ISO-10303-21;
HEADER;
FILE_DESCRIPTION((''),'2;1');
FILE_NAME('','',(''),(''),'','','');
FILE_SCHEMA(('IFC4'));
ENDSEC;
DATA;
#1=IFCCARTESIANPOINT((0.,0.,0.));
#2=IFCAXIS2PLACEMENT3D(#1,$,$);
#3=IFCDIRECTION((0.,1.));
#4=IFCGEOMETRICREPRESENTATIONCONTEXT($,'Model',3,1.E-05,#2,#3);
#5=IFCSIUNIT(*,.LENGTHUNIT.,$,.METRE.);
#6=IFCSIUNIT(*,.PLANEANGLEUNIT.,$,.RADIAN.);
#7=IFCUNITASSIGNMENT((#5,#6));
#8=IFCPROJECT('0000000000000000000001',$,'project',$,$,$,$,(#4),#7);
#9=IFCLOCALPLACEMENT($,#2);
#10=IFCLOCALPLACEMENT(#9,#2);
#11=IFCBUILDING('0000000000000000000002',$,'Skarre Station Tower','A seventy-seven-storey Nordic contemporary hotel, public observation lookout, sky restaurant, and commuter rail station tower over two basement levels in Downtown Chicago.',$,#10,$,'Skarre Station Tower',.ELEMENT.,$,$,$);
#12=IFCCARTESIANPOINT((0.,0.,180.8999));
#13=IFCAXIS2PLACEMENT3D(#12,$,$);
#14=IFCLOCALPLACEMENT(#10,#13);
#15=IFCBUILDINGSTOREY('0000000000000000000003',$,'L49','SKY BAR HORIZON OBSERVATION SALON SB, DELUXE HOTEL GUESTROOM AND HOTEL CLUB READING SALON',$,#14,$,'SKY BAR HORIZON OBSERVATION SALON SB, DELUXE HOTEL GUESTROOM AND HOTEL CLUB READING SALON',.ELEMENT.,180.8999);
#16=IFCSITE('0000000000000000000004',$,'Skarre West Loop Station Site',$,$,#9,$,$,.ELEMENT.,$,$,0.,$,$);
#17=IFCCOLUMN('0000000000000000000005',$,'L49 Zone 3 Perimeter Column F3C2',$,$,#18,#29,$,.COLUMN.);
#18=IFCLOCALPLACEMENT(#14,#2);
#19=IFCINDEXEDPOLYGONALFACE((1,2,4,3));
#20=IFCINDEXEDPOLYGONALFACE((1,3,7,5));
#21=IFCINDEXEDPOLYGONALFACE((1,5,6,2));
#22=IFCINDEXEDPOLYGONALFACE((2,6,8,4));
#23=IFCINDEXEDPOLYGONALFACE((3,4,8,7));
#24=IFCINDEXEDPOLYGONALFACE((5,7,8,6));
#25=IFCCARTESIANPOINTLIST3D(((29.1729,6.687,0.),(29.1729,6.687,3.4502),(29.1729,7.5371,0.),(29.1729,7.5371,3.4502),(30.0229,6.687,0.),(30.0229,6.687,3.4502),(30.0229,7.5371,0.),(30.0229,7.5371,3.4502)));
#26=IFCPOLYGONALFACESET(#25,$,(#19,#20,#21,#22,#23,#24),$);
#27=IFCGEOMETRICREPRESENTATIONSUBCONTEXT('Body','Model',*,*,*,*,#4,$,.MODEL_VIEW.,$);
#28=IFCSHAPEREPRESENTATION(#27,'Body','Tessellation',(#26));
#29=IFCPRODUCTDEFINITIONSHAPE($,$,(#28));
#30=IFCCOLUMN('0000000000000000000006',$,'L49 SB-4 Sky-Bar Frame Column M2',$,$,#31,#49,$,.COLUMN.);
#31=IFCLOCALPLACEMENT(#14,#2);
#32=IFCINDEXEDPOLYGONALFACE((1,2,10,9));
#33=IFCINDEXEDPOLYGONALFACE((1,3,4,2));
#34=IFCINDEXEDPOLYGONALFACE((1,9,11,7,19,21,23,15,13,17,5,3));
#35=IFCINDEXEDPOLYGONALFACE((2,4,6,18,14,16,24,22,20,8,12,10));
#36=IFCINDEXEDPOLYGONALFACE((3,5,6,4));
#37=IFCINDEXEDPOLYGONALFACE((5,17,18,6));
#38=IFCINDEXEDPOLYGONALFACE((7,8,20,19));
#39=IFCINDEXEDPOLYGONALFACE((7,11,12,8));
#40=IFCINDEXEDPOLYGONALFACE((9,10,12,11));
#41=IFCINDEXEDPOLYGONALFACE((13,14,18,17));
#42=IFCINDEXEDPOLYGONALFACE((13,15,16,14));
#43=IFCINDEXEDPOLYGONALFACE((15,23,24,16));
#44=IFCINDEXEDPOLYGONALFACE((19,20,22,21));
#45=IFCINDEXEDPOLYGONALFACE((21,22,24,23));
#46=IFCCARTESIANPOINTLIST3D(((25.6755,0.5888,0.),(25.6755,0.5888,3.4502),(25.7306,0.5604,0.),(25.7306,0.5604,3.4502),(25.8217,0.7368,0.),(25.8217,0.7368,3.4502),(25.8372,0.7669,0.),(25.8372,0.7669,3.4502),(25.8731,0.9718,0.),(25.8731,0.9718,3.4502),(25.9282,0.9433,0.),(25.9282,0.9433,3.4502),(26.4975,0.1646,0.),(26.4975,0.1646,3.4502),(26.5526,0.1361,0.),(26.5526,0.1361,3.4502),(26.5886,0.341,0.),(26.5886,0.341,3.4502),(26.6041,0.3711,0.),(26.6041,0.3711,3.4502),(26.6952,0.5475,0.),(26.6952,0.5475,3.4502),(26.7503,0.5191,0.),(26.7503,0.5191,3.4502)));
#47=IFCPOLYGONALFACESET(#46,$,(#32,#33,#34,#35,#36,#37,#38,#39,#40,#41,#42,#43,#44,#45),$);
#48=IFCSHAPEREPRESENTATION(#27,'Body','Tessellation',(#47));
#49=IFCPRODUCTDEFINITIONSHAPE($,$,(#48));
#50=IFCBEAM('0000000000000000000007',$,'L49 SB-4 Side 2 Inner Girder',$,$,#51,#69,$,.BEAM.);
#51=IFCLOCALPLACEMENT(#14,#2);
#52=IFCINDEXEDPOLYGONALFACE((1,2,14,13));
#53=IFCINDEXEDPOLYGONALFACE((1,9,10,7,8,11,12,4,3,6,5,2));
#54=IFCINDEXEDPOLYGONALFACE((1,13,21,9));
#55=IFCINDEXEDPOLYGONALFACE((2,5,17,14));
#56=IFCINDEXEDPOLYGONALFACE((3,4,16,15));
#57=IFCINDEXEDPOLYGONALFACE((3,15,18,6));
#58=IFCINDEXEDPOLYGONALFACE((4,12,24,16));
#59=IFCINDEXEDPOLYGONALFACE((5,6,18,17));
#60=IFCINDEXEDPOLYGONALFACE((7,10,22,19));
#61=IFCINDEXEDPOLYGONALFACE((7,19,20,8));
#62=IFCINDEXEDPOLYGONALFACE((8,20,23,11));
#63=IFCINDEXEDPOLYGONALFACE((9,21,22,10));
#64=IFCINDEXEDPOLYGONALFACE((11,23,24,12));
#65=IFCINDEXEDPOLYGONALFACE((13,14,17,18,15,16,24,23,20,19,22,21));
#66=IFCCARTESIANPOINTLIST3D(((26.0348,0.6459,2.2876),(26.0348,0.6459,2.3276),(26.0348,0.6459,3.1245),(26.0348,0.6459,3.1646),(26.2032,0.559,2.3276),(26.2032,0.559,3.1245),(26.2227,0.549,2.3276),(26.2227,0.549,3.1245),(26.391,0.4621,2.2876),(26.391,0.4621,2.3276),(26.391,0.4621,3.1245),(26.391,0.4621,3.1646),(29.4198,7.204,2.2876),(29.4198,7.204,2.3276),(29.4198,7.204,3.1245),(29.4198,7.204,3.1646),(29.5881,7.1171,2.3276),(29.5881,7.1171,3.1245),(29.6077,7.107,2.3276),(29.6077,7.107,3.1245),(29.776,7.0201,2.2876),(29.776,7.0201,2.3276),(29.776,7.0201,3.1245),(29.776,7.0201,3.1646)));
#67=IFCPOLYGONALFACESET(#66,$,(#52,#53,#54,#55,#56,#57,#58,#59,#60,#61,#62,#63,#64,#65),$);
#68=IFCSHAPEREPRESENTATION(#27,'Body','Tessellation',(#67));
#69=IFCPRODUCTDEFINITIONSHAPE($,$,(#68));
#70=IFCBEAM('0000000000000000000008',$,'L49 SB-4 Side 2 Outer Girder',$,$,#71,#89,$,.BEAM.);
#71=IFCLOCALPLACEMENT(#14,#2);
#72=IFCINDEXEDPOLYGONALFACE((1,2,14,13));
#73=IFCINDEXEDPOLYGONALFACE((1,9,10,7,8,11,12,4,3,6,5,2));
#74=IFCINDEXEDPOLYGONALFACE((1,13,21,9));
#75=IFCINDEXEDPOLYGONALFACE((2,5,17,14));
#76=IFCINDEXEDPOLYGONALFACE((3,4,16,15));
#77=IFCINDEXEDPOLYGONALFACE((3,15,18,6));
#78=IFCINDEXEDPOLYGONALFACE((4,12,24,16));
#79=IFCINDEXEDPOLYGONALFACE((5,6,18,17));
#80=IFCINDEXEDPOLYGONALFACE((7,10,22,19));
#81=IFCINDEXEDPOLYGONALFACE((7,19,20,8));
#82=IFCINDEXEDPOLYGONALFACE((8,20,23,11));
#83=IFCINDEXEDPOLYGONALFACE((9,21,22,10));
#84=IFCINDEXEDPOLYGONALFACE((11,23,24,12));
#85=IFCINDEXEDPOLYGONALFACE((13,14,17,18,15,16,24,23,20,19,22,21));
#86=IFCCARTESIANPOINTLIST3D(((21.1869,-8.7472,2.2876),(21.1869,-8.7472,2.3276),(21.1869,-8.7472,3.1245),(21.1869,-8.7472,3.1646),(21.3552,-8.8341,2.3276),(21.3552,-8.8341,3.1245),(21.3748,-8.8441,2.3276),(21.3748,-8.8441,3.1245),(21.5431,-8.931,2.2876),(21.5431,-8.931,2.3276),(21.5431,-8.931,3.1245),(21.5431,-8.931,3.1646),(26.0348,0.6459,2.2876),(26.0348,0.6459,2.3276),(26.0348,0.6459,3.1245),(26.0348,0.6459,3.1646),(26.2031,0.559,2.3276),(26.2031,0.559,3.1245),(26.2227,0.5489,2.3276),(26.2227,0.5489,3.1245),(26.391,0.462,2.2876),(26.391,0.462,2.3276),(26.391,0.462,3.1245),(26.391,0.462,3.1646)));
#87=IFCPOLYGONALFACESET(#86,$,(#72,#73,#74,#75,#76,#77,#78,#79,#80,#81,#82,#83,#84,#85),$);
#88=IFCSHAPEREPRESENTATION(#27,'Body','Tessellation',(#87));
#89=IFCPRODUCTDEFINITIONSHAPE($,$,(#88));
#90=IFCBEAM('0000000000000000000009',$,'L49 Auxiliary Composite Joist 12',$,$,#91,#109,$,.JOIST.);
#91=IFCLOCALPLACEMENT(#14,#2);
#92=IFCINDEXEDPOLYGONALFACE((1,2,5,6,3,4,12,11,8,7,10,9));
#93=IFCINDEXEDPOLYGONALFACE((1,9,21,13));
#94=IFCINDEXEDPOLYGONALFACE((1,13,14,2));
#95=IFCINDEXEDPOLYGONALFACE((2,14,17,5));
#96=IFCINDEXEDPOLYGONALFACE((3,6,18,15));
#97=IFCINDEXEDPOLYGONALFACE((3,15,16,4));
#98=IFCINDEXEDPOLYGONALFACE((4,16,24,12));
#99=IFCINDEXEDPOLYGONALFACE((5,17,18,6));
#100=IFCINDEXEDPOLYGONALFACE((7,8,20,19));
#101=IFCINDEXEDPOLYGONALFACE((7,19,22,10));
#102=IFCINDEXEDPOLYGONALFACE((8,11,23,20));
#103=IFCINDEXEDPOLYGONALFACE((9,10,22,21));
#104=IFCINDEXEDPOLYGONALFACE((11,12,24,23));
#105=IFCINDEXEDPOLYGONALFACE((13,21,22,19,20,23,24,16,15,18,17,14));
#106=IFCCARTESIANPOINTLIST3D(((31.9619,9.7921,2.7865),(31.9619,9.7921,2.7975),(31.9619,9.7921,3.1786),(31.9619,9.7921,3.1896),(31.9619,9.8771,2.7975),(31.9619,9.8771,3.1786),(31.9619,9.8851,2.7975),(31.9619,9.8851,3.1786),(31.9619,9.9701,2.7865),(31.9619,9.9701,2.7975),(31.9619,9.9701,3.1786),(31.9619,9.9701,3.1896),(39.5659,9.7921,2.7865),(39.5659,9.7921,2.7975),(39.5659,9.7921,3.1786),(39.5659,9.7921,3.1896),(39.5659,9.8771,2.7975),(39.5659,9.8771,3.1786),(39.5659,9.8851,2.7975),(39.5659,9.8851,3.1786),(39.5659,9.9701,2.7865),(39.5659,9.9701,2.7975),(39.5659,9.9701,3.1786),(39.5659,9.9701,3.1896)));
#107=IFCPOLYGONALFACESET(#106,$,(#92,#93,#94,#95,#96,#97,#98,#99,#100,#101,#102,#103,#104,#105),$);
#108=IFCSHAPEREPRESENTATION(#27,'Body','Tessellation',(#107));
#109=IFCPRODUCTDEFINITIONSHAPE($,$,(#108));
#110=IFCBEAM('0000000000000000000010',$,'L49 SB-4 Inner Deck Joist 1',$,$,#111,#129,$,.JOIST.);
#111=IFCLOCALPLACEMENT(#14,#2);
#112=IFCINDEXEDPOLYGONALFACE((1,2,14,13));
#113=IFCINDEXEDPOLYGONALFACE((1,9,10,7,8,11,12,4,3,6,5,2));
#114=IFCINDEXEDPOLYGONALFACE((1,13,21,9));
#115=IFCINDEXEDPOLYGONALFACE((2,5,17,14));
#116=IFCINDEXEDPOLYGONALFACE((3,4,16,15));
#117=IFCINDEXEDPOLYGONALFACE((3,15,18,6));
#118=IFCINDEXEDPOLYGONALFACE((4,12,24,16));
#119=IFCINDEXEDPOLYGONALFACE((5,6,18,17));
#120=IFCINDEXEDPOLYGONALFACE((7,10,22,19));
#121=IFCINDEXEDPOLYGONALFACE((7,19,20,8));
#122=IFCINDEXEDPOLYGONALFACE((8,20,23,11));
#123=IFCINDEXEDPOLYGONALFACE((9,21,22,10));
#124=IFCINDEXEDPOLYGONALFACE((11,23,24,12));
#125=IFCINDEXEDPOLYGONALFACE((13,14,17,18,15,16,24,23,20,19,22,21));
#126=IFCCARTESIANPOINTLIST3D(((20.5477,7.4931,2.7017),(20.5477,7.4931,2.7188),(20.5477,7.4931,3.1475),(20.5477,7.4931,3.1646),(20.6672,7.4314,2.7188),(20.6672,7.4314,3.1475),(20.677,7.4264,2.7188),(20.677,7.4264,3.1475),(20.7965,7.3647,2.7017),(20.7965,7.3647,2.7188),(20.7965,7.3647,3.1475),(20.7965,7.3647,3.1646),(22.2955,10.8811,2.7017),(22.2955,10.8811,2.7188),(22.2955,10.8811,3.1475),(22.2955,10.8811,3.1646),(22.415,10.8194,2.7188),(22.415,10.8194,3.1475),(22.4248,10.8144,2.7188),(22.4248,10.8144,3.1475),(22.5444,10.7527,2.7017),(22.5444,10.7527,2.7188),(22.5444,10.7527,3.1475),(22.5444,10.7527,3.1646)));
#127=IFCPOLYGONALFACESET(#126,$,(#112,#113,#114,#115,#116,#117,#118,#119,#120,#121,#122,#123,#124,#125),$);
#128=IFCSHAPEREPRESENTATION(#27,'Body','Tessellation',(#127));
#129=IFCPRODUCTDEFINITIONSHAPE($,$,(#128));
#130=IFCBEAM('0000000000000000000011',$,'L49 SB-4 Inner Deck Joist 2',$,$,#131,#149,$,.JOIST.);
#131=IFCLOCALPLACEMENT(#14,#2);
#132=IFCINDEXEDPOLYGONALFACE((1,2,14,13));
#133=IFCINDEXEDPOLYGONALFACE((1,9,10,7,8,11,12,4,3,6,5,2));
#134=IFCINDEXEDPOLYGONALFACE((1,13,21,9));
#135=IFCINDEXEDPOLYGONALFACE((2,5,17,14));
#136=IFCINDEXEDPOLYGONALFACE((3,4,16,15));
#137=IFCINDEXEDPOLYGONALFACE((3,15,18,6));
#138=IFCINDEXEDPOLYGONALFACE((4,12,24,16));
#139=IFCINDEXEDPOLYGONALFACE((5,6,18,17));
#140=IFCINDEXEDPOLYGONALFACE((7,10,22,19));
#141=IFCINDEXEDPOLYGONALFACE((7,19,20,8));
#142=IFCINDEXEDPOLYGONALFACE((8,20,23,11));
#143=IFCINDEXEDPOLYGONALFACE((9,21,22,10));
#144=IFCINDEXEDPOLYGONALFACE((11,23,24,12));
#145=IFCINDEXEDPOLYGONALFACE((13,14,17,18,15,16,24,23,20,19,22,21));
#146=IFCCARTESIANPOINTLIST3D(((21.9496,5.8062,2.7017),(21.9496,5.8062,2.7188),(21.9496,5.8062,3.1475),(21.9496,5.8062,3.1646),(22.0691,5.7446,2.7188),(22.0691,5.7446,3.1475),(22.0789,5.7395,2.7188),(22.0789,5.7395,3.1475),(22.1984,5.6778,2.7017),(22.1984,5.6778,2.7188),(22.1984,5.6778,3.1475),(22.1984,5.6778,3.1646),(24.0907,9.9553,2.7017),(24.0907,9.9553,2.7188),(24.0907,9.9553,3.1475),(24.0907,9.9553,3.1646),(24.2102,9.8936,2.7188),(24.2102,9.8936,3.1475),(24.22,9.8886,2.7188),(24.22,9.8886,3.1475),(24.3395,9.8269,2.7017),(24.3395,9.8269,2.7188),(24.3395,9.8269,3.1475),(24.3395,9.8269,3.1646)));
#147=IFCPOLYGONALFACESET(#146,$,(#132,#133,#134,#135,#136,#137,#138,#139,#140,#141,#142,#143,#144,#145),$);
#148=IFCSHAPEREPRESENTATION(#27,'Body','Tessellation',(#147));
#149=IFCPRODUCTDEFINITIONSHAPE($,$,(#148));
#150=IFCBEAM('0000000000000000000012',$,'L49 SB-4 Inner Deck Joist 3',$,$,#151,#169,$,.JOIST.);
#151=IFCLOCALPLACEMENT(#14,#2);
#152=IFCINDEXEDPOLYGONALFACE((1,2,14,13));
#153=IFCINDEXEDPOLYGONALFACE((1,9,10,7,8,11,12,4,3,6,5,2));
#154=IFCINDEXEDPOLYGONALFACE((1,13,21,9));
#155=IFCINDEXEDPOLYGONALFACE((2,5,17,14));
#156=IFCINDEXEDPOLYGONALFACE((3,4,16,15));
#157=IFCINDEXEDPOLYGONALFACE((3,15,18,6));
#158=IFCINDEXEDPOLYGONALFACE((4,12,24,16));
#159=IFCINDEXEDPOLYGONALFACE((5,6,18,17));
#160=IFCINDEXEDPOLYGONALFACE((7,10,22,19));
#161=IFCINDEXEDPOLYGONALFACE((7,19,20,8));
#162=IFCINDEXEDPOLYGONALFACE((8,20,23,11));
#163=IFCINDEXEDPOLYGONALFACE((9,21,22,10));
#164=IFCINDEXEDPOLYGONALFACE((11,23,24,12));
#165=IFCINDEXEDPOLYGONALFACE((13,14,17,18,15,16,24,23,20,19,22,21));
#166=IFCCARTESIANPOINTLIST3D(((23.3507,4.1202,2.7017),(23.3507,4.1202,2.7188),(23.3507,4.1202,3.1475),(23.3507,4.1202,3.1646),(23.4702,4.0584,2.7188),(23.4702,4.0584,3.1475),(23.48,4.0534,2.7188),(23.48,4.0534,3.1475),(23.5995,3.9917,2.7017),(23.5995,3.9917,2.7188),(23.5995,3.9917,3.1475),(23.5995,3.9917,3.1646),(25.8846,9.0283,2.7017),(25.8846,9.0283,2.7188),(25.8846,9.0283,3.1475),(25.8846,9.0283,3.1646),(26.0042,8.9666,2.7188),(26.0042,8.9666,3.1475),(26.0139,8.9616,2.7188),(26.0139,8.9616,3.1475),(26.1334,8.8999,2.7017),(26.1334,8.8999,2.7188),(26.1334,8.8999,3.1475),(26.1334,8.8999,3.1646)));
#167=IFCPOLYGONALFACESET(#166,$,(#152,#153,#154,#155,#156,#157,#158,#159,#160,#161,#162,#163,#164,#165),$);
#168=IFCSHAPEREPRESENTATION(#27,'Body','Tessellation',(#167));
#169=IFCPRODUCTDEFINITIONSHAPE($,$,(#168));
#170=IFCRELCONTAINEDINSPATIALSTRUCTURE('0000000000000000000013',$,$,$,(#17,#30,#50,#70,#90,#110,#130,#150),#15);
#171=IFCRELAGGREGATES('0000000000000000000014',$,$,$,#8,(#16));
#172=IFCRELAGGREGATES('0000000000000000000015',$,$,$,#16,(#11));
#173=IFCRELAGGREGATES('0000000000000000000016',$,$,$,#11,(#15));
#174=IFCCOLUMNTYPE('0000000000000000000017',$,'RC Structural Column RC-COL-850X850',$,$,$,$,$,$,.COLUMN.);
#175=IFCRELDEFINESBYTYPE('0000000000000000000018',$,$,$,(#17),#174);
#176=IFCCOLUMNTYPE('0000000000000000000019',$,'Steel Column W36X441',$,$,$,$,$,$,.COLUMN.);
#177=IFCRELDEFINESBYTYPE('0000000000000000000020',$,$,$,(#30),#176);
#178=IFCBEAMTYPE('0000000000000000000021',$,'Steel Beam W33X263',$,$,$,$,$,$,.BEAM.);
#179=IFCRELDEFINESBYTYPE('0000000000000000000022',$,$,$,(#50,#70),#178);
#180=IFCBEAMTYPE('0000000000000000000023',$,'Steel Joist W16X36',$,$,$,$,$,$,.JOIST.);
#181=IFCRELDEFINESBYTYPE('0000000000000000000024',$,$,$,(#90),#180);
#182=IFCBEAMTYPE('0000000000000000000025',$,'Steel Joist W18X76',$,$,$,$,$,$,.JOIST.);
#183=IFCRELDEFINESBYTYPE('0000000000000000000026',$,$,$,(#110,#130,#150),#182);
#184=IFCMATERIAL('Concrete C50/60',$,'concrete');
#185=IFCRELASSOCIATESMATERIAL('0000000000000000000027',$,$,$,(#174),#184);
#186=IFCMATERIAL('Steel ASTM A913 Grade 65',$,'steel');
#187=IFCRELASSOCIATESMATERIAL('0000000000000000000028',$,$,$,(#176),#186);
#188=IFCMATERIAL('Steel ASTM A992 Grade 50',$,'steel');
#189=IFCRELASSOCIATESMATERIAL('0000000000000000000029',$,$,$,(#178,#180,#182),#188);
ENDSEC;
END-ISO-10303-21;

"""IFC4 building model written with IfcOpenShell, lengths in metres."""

from ifc_helpers import new_model, si_unit, direction, frame, origin, origin_2d, place, context, subcontext, project, spatial, rectangle, i_section, extrude, material, material_profile, profile_set, type_object, element, save


model = new_model("IFC4")

# Units and contexts
model_context = context("Model", 3, precision=1e-05, world=origin(), true_north=direction((0.0, 1.0)))
body_context = subcontext(model_context, "Body", "Model", "MODEL_VIEW")
ifc_project = project(units=[si_unit("LENGTHUNIT", "METRE"), si_unit("PLANEANGLEUNIT", "RADIAN")], contexts=[model_context])

# Site, building, storey
site_placement = place(None, origin())
site = spatial("IfcSite", under=ifc_project, at=site_placement, Name="Skarre West Loop Station Site", CompositionType="ELEMENT", RefElevation=0.0)
building_placement = place(site_placement, origin())
building = spatial("IfcBuilding", under=site, at=building_placement, Name="Skarre Station Tower", Description="A seventy-seven-storey Nordic contemporary hotel, public observation lookout, sky restaurant, and commuter rail station tower over two basement levels in Downtown Chicago.", LongName="Skarre Station Tower", CompositionType="ELEMENT")
storey_placement = place(building_placement, frame((0.0, 0.0, 180.8999)))
storey = spatial("IfcBuildingStorey", under=building, at=storey_placement, Name="L49", Description="SKY BAR HORIZON OBSERVATION SALON SB, DELUXE HOTEL GUESTROOM AND HOTEL CLUB READING SALON", LongName="SKY BAR HORIZON OBSERVATION SALON SB, DELUXE HOTEL GUESTROOM AND HOTEL CLUB READING SALON", CompositionType="ELEMENT", Elevation=180.8999)

# Columns
ifc_material_1 = material(Name="Concrete C50/60", Category="concrete")
ifc_material_profile_1 = material_profile(ifc_material_1, rectangle(XDim=0.8501, YDim=0.8501, at=origin_2d()), Name="Concrete C50/60")
ifc_profile_set_1 = profile_set([ifc_material_profile_1], Name="Concrete C50/60")
column_type_1 = type_object("IfcColumnType", Name="RC Structural Column RC-COL-850X850", PredefinedType="COLUMN", material=ifc_profile_set_1)
column_1_placement = place(storey_placement, frame((29.5979, 7.1121, 0.0), z_axis=(0.0, 0.0, 1.0), x_axis=(1.0, 0.0, 0.0)))
element("IfcColumn", 1, at=column_1_placement, inside=storey, type_object=column_type_1, Name="L49 Zone 3 Perimeter Column F3C2", PredefinedType="COLUMN", context=body_context, shape_type="SweptSolid", body=[
    extrude(rectangle(XDim=0.8501, YDim=0.8501, at=origin_2d()), origin(), (0.0, 0.0, 1.0), 3.4502),
])
ifc_material_2 = material(Name="Steel ASTM A913 Grade 65", Category="steel")
ifc_material_profile_2 = material_profile(ifc_material_2, i_section(OverallWidth=0.4309, OverallDepth=0.9871, WebThickness=0.0339, FlangeThickness=0.062, at=origin_2d()), Name="Steel ASTM A913 Grade 65")
ifc_profile_set_2 = profile_set([ifc_material_profile_2], Name="Steel ASTM A913 Grade 65")
column_type_2 = type_object("IfcColumnType", Name="Steel Column W36X441", PredefinedType="COLUMN", material=ifc_profile_set_2)
column_2_placement = place(storey_placement, frame((26.2129, 0.554, 0.0), z_axis=(0.0, 0.0, 1.0), x_axis=(-0.458634, -0.888625, 0.0)))
element("IfcColumn", 2, at=column_2_placement, inside=storey, type_object=column_type_2, Name="L49 SB-4 Sky-Bar Frame Column M2", PredefinedType="COLUMN", context=body_context, shape_type="SweptSolid", body=[
    extrude(i_section(OverallWidth=0.4309, OverallDepth=0.9871, WebThickness=0.0339, FlangeThickness=0.062, at=origin_2d()), origin(), (0.0, 0.0, 1.0), 3.4502),
])

# Beams
ifc_material_3 = material(Name="Steel ASTM A992 Grade 50", Category="steel")
ifc_material_profile_3 = material_profile(ifc_material_3, i_section(OverallWidth=0.4009, OverallDepth=0.877, WebThickness=0.022, FlangeThickness=0.04, at=origin_2d()), Name="Steel ASTM A992 Grade 50")
ifc_profile_set_3 = profile_set([ifc_material_profile_3], Name="Steel ASTM A992 Grade 50")
beam_type_1 = type_object("IfcBeamType", Name="Steel Beam W33X263", PredefinedType="BEAM", material=ifc_profile_set_3)
beam_1_placement = place(storey_placement, frame((29.5979, 7.1121, 2.7261), z_axis=(-0.458662, -0.888611, 0.0), x_axis=(0.888611, -0.458662, 0.0)))
element("IfcBeam", 3, at=beam_1_placement, inside=storey, type_object=beam_type_1, Name="L49 SB-4 Side 2 Inner Girder", PredefinedType="BEAM", context=body_context, shape_type="SweptSolid", body=[
    extrude(i_section(OverallWidth=0.4009, OverallDepth=0.877, WebThickness=0.022, FlangeThickness=0.04, at=origin_2d()), origin(), (0.0, 0.0, 1.0), 7.3801),
])
beam_2_placement = place(storey_placement, frame((26.2129, 0.554, 2.7261), z_axis=(-0.458633, -0.888626, 0.0), x_axis=(0.888626, -0.458633, 0.0)))
element("IfcBeam", 4, at=beam_2_placement, inside=storey, type_object=beam_type_1, Name="L49 SB-4 Side 2 Outer Girder", PredefinedType="BEAM", context=body_context, shape_type="SweptSolid", body=[
    extrude(i_section(OverallWidth=0.4009, OverallDepth=0.877, WebThickness=0.022, FlangeThickness=0.04, at=origin_2d()), origin(), (0.0, 0.0, 1.0), 10.5703),
])
ifc_material_profile_4 = material_profile(ifc_material_3, i_section(OverallWidth=0.178, OverallDepth=0.4031, WebThickness=0.0081, FlangeThickness=0.011, at=origin_2d()), Name="Steel ASTM A992 Grade 50")
ifc_profile_set_4 = profile_set([ifc_material_profile_4], Name="Steel ASTM A992 Grade 50")
beam_type_2 = type_object("IfcBeamType", Name="Steel Joist W16X36", PredefinedType="JOIST", material=ifc_profile_set_4)
beam_3_placement = place(storey_placement, frame((31.9619, 9.8811, 2.988), z_axis=(1.0, 0.0, 0.0), x_axis=(0.0, 1.0, 0.0)))
element("IfcBeam", 5, at=beam_3_placement, inside=storey, type_object=beam_type_2, Name="L49 Auxiliary Composite Joist 12", PredefinedType="JOIST", context=body_context, shape_type="SweptSolid", body=[
    extrude(i_section(OverallWidth=0.178, OverallDepth=0.4031, WebThickness=0.0081, FlangeThickness=0.011, at=origin_2d()), origin(), (0.0, 0.0, 1.0), 7.604),
])
ifc_material_profile_5 = material_profile(ifc_material_3, i_section(OverallWidth=0.28, OverallDepth=0.4629, WebThickness=0.011, FlangeThickness=0.0171, at=origin_2d()), Name="Steel ASTM A992 Grade 50")
ifc_profile_set_5 = profile_set([ifc_material_profile_5], Name="Steel ASTM A992 Grade 50")
beam_type_3 = type_object("IfcBeamType", Name="Steel Joist W18X76", PredefinedType="JOIST", material=ifc_profile_set_5)
beam_4_placement = place(storey_placement, frame((22.4199, 10.8169, 2.9331), z_axis=(-0.458475, -0.888707, 0.0), x_axis=(0.888707, -0.458475, 0.0)))
element("IfcBeam", 6, at=beam_4_placement, inside=storey, type_object=beam_type_3, Name="L49 SB-4 Inner Deck Joist 1", PredefinedType="JOIST", context=body_context, shape_type="SweptSolid", body=[
    extrude(i_section(OverallWidth=0.28, OverallDepth=0.4629, WebThickness=0.011, FlangeThickness=0.0171, at=origin_2d()), origin(), (0.0, 0.0, 1.0), 3.8123),
])
beam_5_placement = place(storey_placement, frame((24.2151, 9.8911, 2.9331), z_axis=(-0.458576, -0.888655, 0.0), x_axis=(0.888655, -0.458576, 0.0)))
element("IfcBeam", 7, at=beam_5_placement, inside=storey, type_object=beam_type_3, Name="L49 SB-4 Inner Deck Joist 2", PredefinedType="JOIST", context=body_context, shape_type="SweptSolid", body=[
    extrude(i_section(OverallWidth=0.28, OverallDepth=0.4629, WebThickness=0.011, FlangeThickness=0.0171, at=origin_2d()), origin(), (0.0, 0.0, 1.0), 4.6689),
])
beam_6_placement = place(storey_placement, frame((26.009, 8.9641, 2.9331), z_axis=(-0.458739, -0.888571, 0.0), x_axis=(0.888571, -0.458739, 0.0)))
element("IfcBeam", 8, at=beam_6_placement, inside=storey, type_object=beam_type_3, Name="L49 SB-4 Inner Deck Joist 3", PredefinedType="JOIST", context=body_context, shape_type="SweptSolid", body=[
    extrude(i_section(OverallWidth=0.28, OverallDepth=0.4629, WebThickness=0.011, FlangeThickness=0.0171, at=origin_2d()), origin(), (0.0, 0.0, 1.0), 5.5237),
])

save(model, "model.ifc")
